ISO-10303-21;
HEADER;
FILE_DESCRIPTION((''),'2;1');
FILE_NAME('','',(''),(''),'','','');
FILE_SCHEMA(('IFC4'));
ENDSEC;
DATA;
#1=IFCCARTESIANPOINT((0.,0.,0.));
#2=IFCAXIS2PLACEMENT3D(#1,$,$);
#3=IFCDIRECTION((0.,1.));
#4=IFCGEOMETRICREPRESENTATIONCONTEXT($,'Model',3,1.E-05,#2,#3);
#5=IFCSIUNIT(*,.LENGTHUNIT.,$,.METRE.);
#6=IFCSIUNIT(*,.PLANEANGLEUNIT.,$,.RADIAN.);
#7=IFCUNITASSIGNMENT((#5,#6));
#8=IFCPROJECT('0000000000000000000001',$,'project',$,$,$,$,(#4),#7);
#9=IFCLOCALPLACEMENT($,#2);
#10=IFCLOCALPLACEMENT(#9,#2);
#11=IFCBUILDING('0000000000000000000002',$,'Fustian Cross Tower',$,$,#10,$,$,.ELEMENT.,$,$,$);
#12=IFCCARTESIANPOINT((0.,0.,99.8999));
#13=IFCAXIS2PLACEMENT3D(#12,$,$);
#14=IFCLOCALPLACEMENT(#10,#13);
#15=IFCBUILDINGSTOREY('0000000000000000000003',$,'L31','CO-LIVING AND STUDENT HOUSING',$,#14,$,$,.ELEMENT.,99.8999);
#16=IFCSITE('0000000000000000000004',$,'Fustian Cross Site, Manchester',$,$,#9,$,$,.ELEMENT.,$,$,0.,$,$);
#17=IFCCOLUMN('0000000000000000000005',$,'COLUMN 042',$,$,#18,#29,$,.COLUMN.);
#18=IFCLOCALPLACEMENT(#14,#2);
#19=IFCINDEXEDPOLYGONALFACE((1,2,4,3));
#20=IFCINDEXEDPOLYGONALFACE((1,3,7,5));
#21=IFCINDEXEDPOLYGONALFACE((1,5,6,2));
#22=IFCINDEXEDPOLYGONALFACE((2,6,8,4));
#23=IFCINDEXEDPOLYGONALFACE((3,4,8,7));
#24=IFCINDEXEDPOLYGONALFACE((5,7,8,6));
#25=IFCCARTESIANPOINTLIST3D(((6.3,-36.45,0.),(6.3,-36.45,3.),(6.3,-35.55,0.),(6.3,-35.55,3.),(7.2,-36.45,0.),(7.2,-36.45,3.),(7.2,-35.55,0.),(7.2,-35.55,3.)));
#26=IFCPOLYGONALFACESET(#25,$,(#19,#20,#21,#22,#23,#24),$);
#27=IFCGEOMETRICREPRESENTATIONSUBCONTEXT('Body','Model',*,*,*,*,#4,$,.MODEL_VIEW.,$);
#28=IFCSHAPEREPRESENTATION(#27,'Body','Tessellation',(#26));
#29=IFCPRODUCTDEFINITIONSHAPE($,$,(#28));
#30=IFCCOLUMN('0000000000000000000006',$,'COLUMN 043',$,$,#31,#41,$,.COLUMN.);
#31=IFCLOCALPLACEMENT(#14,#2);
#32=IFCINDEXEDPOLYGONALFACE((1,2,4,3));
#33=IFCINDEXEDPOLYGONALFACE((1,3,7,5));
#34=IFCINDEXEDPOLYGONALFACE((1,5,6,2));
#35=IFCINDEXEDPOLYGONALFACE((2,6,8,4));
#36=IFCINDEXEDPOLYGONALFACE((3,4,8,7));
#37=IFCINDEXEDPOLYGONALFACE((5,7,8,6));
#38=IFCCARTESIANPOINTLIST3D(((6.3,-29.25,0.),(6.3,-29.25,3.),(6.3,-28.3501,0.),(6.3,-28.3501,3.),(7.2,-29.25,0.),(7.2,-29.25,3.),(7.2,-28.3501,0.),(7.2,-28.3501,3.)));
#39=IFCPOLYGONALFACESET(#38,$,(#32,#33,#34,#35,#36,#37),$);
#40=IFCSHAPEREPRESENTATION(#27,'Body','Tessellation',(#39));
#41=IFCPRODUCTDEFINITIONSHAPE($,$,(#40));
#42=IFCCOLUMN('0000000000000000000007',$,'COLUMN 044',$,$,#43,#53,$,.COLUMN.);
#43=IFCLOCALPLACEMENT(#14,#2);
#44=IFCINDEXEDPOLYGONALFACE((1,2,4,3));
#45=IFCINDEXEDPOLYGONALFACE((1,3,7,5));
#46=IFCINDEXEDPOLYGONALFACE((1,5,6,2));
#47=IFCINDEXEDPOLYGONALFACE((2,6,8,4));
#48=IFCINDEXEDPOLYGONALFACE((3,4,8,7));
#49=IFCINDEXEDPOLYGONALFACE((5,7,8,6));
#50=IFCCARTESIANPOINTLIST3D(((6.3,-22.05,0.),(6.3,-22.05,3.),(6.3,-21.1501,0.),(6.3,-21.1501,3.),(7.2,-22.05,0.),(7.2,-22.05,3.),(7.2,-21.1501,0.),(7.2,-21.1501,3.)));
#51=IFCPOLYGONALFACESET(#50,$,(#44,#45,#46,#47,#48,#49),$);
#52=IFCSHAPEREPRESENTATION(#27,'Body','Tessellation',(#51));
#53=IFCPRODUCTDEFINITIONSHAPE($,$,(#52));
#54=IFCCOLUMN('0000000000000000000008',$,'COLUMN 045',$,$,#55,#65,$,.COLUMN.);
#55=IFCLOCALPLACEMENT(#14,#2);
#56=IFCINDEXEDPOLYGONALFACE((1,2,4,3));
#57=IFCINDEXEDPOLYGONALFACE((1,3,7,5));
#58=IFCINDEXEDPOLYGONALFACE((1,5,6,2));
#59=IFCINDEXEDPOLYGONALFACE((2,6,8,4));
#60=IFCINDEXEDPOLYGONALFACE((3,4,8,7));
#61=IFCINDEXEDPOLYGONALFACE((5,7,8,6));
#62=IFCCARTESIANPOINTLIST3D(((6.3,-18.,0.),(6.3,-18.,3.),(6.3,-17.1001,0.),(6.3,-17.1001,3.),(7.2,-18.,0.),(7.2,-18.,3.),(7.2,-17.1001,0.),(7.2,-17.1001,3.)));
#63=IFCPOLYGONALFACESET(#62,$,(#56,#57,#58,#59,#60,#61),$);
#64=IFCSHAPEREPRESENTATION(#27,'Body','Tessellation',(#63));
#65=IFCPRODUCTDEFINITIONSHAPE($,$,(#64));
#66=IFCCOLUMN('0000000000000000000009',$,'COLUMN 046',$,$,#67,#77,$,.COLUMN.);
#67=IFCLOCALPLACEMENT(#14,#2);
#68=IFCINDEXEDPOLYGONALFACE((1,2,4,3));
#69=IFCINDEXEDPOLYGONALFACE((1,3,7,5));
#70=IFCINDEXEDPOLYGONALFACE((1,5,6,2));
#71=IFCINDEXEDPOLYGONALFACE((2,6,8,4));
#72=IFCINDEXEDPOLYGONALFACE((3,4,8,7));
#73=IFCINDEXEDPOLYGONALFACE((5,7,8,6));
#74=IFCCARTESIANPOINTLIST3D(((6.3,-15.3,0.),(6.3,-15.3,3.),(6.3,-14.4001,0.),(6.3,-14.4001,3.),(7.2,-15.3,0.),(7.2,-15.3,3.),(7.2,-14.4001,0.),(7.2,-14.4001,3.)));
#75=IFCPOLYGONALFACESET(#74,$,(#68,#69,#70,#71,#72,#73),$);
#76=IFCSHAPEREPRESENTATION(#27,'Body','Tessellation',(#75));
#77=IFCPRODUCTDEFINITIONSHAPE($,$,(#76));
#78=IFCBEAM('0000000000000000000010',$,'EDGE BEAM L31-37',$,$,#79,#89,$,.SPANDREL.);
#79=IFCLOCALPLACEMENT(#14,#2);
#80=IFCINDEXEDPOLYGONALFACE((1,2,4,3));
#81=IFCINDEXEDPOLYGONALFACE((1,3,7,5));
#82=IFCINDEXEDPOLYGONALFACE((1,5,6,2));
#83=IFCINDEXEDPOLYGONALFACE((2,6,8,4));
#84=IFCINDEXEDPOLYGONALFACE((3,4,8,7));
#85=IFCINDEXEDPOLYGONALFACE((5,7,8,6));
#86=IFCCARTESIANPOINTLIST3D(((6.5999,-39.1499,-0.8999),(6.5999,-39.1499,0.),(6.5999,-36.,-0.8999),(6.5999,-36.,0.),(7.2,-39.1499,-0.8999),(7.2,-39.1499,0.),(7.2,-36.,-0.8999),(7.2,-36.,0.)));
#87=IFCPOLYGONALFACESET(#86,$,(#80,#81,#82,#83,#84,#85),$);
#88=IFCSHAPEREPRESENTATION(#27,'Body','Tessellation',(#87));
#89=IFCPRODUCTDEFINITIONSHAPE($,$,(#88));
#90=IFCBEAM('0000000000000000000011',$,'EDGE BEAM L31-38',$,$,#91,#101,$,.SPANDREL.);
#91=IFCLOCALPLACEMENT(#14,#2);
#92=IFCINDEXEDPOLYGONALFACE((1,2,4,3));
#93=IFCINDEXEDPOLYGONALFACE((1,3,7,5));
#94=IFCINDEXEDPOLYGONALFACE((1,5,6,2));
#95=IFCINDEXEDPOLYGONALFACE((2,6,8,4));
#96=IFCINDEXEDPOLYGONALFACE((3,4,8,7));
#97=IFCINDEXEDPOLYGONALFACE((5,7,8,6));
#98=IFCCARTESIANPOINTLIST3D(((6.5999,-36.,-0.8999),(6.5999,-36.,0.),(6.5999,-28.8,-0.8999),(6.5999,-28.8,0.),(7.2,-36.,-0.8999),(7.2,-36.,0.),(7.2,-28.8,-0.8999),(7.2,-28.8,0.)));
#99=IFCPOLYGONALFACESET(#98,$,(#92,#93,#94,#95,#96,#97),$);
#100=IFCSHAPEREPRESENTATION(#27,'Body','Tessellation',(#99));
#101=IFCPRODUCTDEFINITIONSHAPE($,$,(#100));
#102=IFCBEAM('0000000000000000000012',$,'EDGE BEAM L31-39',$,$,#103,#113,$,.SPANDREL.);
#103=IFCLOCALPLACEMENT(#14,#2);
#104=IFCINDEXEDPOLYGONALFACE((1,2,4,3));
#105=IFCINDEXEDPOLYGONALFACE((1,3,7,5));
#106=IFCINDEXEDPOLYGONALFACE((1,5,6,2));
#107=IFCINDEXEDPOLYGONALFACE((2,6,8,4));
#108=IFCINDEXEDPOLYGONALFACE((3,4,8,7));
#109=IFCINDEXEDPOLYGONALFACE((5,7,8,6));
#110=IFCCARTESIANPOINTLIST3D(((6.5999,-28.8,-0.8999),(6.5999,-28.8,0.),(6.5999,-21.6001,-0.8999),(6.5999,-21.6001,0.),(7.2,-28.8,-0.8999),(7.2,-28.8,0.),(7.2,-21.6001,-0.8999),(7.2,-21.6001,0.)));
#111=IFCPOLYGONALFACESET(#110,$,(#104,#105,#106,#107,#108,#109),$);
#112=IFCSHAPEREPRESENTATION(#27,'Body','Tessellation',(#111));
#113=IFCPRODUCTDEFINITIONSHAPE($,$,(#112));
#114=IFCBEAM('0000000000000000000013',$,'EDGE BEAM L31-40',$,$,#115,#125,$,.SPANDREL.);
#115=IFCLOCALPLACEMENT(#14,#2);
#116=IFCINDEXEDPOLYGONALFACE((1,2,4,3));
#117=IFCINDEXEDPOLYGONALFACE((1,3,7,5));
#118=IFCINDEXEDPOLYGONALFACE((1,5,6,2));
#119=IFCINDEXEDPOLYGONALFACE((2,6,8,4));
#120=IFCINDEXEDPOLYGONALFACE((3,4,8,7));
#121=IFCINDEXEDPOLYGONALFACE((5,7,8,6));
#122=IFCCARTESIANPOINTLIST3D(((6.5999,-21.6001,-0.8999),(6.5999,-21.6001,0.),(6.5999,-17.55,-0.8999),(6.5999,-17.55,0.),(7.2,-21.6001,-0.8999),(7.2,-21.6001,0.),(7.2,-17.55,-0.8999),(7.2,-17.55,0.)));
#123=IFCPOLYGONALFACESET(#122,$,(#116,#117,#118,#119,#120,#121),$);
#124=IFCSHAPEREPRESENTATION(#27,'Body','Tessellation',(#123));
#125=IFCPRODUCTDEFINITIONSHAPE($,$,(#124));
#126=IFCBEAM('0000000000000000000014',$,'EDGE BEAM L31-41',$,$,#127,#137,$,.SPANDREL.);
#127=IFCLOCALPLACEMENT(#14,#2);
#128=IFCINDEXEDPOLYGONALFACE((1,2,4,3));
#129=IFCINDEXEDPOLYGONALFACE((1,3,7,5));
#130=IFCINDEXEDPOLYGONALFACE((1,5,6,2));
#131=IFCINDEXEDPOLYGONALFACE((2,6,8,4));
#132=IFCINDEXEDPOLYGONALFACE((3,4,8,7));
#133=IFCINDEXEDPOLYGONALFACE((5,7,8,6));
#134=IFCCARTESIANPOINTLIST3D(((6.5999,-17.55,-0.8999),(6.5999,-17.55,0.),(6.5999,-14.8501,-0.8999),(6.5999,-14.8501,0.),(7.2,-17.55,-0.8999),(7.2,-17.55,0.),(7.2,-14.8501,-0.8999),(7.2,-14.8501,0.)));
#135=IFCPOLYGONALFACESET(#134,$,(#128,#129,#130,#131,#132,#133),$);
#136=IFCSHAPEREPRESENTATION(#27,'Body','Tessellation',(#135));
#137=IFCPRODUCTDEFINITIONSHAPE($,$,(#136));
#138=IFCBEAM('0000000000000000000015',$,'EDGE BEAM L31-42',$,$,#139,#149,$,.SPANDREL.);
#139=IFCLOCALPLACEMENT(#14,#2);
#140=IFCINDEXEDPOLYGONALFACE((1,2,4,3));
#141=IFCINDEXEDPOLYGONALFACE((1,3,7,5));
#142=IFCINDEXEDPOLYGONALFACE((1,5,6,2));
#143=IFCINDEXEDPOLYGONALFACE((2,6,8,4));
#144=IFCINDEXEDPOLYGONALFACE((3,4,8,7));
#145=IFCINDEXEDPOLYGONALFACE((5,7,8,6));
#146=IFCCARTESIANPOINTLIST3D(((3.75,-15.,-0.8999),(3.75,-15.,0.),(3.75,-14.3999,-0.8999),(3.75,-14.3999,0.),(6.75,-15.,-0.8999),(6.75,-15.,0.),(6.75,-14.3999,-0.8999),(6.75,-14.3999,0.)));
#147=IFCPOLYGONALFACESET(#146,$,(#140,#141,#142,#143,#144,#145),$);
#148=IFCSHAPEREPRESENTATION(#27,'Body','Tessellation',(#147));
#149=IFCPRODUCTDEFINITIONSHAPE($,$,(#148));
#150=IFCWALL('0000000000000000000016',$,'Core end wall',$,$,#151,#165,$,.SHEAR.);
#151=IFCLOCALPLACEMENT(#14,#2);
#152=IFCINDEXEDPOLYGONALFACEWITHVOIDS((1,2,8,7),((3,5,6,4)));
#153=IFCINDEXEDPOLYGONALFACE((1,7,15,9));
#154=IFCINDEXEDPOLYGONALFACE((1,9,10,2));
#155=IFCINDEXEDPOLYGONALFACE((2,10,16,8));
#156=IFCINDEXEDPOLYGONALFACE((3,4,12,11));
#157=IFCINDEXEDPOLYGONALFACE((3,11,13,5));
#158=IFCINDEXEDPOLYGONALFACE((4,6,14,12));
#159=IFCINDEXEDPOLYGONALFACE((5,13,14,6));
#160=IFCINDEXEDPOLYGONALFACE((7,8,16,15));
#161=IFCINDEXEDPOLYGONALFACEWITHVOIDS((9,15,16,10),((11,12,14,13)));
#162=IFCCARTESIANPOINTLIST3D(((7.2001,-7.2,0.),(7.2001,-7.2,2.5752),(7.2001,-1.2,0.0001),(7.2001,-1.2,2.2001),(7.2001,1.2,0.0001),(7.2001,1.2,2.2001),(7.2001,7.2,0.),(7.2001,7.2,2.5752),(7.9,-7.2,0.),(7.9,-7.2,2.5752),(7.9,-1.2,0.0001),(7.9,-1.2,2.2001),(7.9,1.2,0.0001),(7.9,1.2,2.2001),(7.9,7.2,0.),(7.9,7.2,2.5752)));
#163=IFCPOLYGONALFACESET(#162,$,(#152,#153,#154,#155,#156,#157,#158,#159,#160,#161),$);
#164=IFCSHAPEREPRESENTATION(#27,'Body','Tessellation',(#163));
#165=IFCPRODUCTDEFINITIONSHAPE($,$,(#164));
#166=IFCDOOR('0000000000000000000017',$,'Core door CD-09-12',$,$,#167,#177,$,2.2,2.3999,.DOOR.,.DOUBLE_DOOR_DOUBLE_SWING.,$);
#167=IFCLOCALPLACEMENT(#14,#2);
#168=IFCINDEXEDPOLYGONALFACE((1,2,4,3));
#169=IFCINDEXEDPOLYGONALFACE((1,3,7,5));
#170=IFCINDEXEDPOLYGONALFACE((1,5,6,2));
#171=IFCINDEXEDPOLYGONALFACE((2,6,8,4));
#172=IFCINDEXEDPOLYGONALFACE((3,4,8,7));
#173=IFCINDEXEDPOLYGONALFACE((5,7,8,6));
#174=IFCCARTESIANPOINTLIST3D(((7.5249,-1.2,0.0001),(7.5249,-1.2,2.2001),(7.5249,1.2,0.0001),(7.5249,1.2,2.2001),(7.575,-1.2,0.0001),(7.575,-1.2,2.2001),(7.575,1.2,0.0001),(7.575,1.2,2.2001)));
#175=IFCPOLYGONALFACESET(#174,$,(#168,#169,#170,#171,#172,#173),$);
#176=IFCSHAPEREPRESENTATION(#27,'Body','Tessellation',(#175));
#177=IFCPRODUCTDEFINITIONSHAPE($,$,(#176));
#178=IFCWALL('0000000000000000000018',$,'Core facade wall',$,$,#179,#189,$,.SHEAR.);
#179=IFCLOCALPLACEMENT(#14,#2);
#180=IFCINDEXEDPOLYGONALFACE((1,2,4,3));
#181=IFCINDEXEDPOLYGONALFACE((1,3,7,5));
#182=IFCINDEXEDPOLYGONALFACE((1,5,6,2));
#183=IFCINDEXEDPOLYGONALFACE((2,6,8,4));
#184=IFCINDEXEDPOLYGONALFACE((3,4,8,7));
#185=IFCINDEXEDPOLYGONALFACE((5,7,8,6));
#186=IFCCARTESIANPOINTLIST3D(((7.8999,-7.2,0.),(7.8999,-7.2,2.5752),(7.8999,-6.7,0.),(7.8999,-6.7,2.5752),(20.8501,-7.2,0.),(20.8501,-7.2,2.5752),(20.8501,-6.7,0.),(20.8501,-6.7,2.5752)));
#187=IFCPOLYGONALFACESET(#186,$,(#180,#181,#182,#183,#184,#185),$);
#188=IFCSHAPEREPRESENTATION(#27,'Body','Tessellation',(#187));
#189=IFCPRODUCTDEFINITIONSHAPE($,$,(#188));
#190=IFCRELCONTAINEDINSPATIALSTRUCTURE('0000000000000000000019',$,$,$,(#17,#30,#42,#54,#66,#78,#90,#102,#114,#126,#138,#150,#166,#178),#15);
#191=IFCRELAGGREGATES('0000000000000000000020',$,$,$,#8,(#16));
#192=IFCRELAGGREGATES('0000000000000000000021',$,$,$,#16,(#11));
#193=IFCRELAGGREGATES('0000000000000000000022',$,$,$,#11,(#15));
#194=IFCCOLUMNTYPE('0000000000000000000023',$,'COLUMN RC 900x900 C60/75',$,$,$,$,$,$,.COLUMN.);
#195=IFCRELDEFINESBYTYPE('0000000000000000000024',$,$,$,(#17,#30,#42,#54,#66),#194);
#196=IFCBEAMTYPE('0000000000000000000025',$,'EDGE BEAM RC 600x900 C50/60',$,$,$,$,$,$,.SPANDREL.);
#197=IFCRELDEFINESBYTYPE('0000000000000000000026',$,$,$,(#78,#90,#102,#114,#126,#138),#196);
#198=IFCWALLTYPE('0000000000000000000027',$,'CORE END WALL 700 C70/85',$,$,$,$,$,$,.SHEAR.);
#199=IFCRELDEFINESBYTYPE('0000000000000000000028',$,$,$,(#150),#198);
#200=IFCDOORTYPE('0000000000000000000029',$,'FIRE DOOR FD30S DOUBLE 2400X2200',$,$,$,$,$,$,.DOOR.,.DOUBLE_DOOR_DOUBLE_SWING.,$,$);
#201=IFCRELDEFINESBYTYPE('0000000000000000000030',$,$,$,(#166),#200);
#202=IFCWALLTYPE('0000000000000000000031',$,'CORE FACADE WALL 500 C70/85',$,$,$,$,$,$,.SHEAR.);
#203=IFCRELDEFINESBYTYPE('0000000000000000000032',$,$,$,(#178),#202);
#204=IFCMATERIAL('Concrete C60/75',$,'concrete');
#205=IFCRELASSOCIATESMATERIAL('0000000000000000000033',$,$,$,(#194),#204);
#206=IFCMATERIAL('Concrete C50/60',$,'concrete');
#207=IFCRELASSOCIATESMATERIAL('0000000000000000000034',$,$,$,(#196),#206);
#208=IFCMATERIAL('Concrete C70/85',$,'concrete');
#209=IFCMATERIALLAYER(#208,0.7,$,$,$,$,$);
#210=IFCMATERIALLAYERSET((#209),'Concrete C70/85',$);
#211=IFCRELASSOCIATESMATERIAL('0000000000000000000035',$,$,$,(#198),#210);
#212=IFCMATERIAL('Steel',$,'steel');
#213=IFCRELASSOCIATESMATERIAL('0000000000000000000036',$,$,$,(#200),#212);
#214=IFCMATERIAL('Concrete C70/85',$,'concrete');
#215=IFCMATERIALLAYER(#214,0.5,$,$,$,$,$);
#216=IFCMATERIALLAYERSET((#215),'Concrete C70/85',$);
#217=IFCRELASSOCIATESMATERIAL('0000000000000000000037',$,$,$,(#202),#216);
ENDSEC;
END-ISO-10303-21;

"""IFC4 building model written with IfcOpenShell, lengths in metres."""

from ifc_helpers import new_model, si_unit, direction, frame, frame_2d, origin, origin_2d, place, context, subcontext, project, spatial, rectangle, extrude, material, layer, layer_set, material_profile, profile_set, type_object, element, fill, save


model = new_model("IFC4")

# Units and contexts
model_context = context("Model", 3, precision=1e-05, world=origin(), true_north=direction((0.0, 1.0)))
body_context = subcontext(model_context, "Body", "Model", "MODEL_VIEW")
ifc_project = project(units=[si_unit("LENGTHUNIT", "METRE"), si_unit("PLANEANGLEUNIT", "RADIAN")], contexts=[model_context])

# Site, building, storey
site_placement = place(None, origin())
site = spatial("IfcSite", under=ifc_project, at=site_placement, Name="Fustian Cross Site, Manchester", CompositionType="ELEMENT", RefElevation=0.0)
building_placement = place(site_placement, origin())
building = spatial("IfcBuilding", under=site, at=building_placement, Name="Fustian Cross Tower", CompositionType="ELEMENT")
storey_placement = place(building_placement, frame((0.0, 0.0, 99.8999)))
storey = spatial("IfcBuildingStorey", under=building, at=storey_placement, Name="L31", Description="CO-LIVING AND STUDENT HOUSING", CompositionType="ELEMENT", Elevation=99.8999)

# Columns
ifc_material_1 = material(Name="Concrete C60/75", Category="concrete")
ifc_material_profile_1 = material_profile(ifc_material_1, rectangle(XDim=0.8999, YDim=0.8999, at=origin_2d()), Name="RC 900x900")
ifc_profile_set_1 = profile_set([ifc_material_profile_1], Name="Concrete C60/75")
column_type = type_object("IfcColumnType", Name="COLUMN RC 900x900 C60/75", PredefinedType="COLUMN", material=ifc_profile_set_1)
for number, where, z_axis, x_axis, name in (
    (1, (6.75, -36.0, 0.0), (0.0, 0.0, 1.0), (1.0, 0.0, 0.0), "COLUMN 042"),
    (2, (6.75, -28.8, 0.0), (0.0, 0.0, 1.0), (1.0, 0.0, 0.0), "COLUMN 043"),
    (3, (6.75, -21.6001, 0.0), (0.0, 0.0, 1.0), (1.0, 0.0, 0.0), "COLUMN 044"),
    (4, (6.75, -17.55, 0.0), (0.0, 0.0, 1.0), (1.0, 0.0, 0.0), "COLUMN 045"),
    (5, (6.75, -14.8501, 0.0), (0.0, 0.0, 1.0), (1.0, 0.0, 0.0), "COLUMN 046"),
):
    element("IfcColumn", number, at=place(storey_placement, frame(where, z_axis=z_axis, x_axis=x_axis)), inside=storey, type_object=column_type, Name=name, PredefinedType="COLUMN", context=body_context, shape_type="SweptSolid", body=[
        extrude(rectangle(XDim=0.8999, YDim=0.8999, at=origin_2d()), origin(), (0.0, 0.0, 1.0), 3.0),
    ])

# Beams
ifc_material_2 = material(Name="Concrete C50/60", Category="concrete")
ifc_material_profile_2 = material_profile(ifc_material_2, rectangle(XDim=0.6001, YDim=0.8999, at=origin_2d()), Name="RC 600x900")
ifc_profile_set_2 = profile_set([ifc_material_profile_2], Name="Concrete C50/60")
beam_type = type_object("IfcBeamType", Name="EDGE BEAM RC 600x900 C50/60", PredefinedType="SPANDREL", material=ifc_profile_set_2)
beam_1_placement = place(storey_placement, frame((6.8999, -39.1499, -0.45), z_axis=(0.0, 1.0, 0.0), x_axis=(-1.0, 0.0, 0.0)))
element("IfcBeam", 6, at=beam_1_placement, inside=storey, type_object=beam_type, Name="EDGE BEAM L31-37", PredefinedType="SPANDREL", context=body_context, shape_type="SweptSolid", body=[
    extrude(rectangle(XDim=0.6001, YDim=0.8999, at=origin_2d()), origin(), (0.0, 0.0, 1.0), 3.1499),
])
for number, where, z_axis, x_axis, name in (
    (7, (6.8999, -36.0, -0.45), (0.0, 1.0, 0.0), (-1.0, 0.0, 0.0), "EDGE BEAM L31-38"),
    (8, (6.8999, -28.8, -0.45), (0.0, 1.0, 0.0), (-1.0, 0.0, 0.0), "EDGE BEAM L31-39"),
):
    element("IfcBeam", number, at=place(storey_placement, frame(where, z_axis=z_axis, x_axis=x_axis)), inside=storey, type_object=beam_type, Name=name, PredefinedType="SPANDREL", context=body_context, shape_type="SweptSolid", body=[
        extrude(rectangle(XDim=0.6001, YDim=0.8999, at=origin_2d()), origin(), (0.0, 0.0, 1.0), 7.2),
    ])
beam_2_placement = place(storey_placement, frame((6.8999, -21.6001, -0.45), z_axis=(0.0, 1.0, 0.0), x_axis=(-1.0, 0.0, 0.0)))
element("IfcBeam", 9, at=beam_2_placement, inside=storey, type_object=beam_type, Name="EDGE BEAM L31-40", PredefinedType="SPANDREL", context=body_context, shape_type="SweptSolid", body=[
    extrude(rectangle(XDim=0.6001, YDim=0.8999, at=origin_2d()), origin(), (0.0, 0.0, 1.0), 4.05),
])
beam_3_placement = place(storey_placement, frame((6.8999, -17.55, -0.45), z_axis=(0.0, 1.0, 0.0), x_axis=(-1.0, 0.0, 0.0)))
element("IfcBeam", 10, at=beam_3_placement, inside=storey, type_object=beam_type, Name="EDGE BEAM L31-41", PredefinedType="SPANDREL", context=body_context, shape_type="SweptSolid", body=[
    extrude(rectangle(XDim=0.6001, YDim=0.8999, at=origin_2d()), origin(), (0.0, 0.0, 1.0), 2.7),
])
beam_4_placement = place(storey_placement, frame((6.75, -14.7, -0.45), z_axis=(-1.0, 0.0, 0.0), x_axis=(0.0, -1.0, 0.0)))
element("IfcBeam", 11, at=beam_4_placement, inside=storey, type_object=beam_type, Name="EDGE BEAM L31-42", PredefinedType="SPANDREL", context=body_context, shape_type="SweptSolid", body=[
    extrude(rectangle(XDim=0.6001, YDim=0.8999, at=origin_2d()), origin(), (0.0, 0.0, 1.0), 3.0),
])

# Wall, opening, door
ifc_material_3 = material(Name="Concrete C70/85", Category="concrete")
ifc_layer_1 = layer(ifc_material_3, 0.7)
ifc_layer_set_1 = layer_set([ifc_layer_1], Name="Concrete C70/85")
wall_type_1 = type_object("IfcWallType", Name="CORE END WALL 700 C70/85", PredefinedType="SHEAR", material=ifc_layer_set_1)
wall_1_placement = place(storey_placement, frame((7.55, -7.2, 0.0), z_axis=(0.0, 0.0, 1.0), x_axis=(0.0, 1.0, 0.0)))
wall_1 = element("IfcWall", 12, at=wall_1_placement, inside=storey, type_object=wall_type_1, Name="Core end wall", PredefinedType="SHEAR", context=body_context, shape_type="SweptSolid", body=[
    extrude(rectangle(XDim=14.3999, YDim=0.7, at=frame_2d((7.2, 0.0))), origin(), (0.0, 0.0, 1.0), 2.5752),
])
opening_1_placement = place(wall_1_placement, frame((6.0, 0.0, 0.0)))
opening_1 = element("IfcOpeningElement", 13, at=opening_1_placement, cuts=wall_1, PredefinedType="OPENING", context=body_context, shape_type="SweptSolid", body=[
    extrude(rectangle(XDim=2.3999, YDim=2.2, at=frame_2d((1.2, 1.1001))), frame((0.0, 0.3599, 0.0), z_axis=(0.0, -1.0, 0.0), x_axis=(1.0, 0.0, 0.0)), (0.0, 0.0, 1.0), 0.72),
])
ifc_material_4 = material(Name="Steel", Category="steel")
door_type = type_object("IfcDoorType", Name="FIRE DOOR FD30S DOUBLE 2400X2200", OperationType="DOUBLE_DOOR_DOUBLE_SWING", PredefinedType="DOOR", material=ifc_material_4)
door_placement = place(opening_1_placement, frame((2.3999, 0.0, 0.0), z_axis=(0.0, 0.0, 1.0), x_axis=(-1.0, 0.0, 0.0)))
door = element("IfcDoor", 14, at=door_placement, inside=storey, type_object=door_type, Name="Core door CD-09-12", OperationType="DOUBLE_DOOR_DOUBLE_SWING", OverallHeight=2.2, OverallWidth=2.3999, PredefinedType="DOOR", context=body_context, shape_type="SweptSolid", body=[
    extrude(rectangle(XDim=2.3999, YDim=2.2, at=frame_2d((1.2, 1.1001))), frame((0.0, 0.0249, 0.0), z_axis=(0.0, -1.0, 0.0), x_axis=(1.0, 0.0, 0.0)), (0.0, 0.0, 1.0), 0.05),
])
fill(opening_1, door)

# Wall
ifc_material_5 = material(Name="Concrete C70/85", Category="concrete")
ifc_layer_2 = layer(ifc_material_5, 0.5)
ifc_layer_set_2 = layer_set([ifc_layer_2], Name="Concrete C70/85")
wall_type_2 = type_object("IfcWallType", Name="CORE FACADE WALL 500 C70/85", PredefinedType="SHEAR", material=ifc_layer_set_2)
wall_2_placement = place(storey_placement, frame((7.8999, -6.95, 0.0), z_axis=(0.0, 0.0, 1.0), x_axis=(1.0, 0.0, 0.0)))
element("IfcWall", 15, at=wall_2_placement, inside=storey, type_object=wall_type_2, Name="Core facade wall", PredefinedType="SHEAR", context=body_context, shape_type="SweptSolid", body=[
    extrude(rectangle(XDim=12.9502, YDim=0.5, at=frame_2d((6.4751, 0.0))), origin(), (0.0, 0.0, 1.0), 2.5752),
])

save(model, "model.ifc")
